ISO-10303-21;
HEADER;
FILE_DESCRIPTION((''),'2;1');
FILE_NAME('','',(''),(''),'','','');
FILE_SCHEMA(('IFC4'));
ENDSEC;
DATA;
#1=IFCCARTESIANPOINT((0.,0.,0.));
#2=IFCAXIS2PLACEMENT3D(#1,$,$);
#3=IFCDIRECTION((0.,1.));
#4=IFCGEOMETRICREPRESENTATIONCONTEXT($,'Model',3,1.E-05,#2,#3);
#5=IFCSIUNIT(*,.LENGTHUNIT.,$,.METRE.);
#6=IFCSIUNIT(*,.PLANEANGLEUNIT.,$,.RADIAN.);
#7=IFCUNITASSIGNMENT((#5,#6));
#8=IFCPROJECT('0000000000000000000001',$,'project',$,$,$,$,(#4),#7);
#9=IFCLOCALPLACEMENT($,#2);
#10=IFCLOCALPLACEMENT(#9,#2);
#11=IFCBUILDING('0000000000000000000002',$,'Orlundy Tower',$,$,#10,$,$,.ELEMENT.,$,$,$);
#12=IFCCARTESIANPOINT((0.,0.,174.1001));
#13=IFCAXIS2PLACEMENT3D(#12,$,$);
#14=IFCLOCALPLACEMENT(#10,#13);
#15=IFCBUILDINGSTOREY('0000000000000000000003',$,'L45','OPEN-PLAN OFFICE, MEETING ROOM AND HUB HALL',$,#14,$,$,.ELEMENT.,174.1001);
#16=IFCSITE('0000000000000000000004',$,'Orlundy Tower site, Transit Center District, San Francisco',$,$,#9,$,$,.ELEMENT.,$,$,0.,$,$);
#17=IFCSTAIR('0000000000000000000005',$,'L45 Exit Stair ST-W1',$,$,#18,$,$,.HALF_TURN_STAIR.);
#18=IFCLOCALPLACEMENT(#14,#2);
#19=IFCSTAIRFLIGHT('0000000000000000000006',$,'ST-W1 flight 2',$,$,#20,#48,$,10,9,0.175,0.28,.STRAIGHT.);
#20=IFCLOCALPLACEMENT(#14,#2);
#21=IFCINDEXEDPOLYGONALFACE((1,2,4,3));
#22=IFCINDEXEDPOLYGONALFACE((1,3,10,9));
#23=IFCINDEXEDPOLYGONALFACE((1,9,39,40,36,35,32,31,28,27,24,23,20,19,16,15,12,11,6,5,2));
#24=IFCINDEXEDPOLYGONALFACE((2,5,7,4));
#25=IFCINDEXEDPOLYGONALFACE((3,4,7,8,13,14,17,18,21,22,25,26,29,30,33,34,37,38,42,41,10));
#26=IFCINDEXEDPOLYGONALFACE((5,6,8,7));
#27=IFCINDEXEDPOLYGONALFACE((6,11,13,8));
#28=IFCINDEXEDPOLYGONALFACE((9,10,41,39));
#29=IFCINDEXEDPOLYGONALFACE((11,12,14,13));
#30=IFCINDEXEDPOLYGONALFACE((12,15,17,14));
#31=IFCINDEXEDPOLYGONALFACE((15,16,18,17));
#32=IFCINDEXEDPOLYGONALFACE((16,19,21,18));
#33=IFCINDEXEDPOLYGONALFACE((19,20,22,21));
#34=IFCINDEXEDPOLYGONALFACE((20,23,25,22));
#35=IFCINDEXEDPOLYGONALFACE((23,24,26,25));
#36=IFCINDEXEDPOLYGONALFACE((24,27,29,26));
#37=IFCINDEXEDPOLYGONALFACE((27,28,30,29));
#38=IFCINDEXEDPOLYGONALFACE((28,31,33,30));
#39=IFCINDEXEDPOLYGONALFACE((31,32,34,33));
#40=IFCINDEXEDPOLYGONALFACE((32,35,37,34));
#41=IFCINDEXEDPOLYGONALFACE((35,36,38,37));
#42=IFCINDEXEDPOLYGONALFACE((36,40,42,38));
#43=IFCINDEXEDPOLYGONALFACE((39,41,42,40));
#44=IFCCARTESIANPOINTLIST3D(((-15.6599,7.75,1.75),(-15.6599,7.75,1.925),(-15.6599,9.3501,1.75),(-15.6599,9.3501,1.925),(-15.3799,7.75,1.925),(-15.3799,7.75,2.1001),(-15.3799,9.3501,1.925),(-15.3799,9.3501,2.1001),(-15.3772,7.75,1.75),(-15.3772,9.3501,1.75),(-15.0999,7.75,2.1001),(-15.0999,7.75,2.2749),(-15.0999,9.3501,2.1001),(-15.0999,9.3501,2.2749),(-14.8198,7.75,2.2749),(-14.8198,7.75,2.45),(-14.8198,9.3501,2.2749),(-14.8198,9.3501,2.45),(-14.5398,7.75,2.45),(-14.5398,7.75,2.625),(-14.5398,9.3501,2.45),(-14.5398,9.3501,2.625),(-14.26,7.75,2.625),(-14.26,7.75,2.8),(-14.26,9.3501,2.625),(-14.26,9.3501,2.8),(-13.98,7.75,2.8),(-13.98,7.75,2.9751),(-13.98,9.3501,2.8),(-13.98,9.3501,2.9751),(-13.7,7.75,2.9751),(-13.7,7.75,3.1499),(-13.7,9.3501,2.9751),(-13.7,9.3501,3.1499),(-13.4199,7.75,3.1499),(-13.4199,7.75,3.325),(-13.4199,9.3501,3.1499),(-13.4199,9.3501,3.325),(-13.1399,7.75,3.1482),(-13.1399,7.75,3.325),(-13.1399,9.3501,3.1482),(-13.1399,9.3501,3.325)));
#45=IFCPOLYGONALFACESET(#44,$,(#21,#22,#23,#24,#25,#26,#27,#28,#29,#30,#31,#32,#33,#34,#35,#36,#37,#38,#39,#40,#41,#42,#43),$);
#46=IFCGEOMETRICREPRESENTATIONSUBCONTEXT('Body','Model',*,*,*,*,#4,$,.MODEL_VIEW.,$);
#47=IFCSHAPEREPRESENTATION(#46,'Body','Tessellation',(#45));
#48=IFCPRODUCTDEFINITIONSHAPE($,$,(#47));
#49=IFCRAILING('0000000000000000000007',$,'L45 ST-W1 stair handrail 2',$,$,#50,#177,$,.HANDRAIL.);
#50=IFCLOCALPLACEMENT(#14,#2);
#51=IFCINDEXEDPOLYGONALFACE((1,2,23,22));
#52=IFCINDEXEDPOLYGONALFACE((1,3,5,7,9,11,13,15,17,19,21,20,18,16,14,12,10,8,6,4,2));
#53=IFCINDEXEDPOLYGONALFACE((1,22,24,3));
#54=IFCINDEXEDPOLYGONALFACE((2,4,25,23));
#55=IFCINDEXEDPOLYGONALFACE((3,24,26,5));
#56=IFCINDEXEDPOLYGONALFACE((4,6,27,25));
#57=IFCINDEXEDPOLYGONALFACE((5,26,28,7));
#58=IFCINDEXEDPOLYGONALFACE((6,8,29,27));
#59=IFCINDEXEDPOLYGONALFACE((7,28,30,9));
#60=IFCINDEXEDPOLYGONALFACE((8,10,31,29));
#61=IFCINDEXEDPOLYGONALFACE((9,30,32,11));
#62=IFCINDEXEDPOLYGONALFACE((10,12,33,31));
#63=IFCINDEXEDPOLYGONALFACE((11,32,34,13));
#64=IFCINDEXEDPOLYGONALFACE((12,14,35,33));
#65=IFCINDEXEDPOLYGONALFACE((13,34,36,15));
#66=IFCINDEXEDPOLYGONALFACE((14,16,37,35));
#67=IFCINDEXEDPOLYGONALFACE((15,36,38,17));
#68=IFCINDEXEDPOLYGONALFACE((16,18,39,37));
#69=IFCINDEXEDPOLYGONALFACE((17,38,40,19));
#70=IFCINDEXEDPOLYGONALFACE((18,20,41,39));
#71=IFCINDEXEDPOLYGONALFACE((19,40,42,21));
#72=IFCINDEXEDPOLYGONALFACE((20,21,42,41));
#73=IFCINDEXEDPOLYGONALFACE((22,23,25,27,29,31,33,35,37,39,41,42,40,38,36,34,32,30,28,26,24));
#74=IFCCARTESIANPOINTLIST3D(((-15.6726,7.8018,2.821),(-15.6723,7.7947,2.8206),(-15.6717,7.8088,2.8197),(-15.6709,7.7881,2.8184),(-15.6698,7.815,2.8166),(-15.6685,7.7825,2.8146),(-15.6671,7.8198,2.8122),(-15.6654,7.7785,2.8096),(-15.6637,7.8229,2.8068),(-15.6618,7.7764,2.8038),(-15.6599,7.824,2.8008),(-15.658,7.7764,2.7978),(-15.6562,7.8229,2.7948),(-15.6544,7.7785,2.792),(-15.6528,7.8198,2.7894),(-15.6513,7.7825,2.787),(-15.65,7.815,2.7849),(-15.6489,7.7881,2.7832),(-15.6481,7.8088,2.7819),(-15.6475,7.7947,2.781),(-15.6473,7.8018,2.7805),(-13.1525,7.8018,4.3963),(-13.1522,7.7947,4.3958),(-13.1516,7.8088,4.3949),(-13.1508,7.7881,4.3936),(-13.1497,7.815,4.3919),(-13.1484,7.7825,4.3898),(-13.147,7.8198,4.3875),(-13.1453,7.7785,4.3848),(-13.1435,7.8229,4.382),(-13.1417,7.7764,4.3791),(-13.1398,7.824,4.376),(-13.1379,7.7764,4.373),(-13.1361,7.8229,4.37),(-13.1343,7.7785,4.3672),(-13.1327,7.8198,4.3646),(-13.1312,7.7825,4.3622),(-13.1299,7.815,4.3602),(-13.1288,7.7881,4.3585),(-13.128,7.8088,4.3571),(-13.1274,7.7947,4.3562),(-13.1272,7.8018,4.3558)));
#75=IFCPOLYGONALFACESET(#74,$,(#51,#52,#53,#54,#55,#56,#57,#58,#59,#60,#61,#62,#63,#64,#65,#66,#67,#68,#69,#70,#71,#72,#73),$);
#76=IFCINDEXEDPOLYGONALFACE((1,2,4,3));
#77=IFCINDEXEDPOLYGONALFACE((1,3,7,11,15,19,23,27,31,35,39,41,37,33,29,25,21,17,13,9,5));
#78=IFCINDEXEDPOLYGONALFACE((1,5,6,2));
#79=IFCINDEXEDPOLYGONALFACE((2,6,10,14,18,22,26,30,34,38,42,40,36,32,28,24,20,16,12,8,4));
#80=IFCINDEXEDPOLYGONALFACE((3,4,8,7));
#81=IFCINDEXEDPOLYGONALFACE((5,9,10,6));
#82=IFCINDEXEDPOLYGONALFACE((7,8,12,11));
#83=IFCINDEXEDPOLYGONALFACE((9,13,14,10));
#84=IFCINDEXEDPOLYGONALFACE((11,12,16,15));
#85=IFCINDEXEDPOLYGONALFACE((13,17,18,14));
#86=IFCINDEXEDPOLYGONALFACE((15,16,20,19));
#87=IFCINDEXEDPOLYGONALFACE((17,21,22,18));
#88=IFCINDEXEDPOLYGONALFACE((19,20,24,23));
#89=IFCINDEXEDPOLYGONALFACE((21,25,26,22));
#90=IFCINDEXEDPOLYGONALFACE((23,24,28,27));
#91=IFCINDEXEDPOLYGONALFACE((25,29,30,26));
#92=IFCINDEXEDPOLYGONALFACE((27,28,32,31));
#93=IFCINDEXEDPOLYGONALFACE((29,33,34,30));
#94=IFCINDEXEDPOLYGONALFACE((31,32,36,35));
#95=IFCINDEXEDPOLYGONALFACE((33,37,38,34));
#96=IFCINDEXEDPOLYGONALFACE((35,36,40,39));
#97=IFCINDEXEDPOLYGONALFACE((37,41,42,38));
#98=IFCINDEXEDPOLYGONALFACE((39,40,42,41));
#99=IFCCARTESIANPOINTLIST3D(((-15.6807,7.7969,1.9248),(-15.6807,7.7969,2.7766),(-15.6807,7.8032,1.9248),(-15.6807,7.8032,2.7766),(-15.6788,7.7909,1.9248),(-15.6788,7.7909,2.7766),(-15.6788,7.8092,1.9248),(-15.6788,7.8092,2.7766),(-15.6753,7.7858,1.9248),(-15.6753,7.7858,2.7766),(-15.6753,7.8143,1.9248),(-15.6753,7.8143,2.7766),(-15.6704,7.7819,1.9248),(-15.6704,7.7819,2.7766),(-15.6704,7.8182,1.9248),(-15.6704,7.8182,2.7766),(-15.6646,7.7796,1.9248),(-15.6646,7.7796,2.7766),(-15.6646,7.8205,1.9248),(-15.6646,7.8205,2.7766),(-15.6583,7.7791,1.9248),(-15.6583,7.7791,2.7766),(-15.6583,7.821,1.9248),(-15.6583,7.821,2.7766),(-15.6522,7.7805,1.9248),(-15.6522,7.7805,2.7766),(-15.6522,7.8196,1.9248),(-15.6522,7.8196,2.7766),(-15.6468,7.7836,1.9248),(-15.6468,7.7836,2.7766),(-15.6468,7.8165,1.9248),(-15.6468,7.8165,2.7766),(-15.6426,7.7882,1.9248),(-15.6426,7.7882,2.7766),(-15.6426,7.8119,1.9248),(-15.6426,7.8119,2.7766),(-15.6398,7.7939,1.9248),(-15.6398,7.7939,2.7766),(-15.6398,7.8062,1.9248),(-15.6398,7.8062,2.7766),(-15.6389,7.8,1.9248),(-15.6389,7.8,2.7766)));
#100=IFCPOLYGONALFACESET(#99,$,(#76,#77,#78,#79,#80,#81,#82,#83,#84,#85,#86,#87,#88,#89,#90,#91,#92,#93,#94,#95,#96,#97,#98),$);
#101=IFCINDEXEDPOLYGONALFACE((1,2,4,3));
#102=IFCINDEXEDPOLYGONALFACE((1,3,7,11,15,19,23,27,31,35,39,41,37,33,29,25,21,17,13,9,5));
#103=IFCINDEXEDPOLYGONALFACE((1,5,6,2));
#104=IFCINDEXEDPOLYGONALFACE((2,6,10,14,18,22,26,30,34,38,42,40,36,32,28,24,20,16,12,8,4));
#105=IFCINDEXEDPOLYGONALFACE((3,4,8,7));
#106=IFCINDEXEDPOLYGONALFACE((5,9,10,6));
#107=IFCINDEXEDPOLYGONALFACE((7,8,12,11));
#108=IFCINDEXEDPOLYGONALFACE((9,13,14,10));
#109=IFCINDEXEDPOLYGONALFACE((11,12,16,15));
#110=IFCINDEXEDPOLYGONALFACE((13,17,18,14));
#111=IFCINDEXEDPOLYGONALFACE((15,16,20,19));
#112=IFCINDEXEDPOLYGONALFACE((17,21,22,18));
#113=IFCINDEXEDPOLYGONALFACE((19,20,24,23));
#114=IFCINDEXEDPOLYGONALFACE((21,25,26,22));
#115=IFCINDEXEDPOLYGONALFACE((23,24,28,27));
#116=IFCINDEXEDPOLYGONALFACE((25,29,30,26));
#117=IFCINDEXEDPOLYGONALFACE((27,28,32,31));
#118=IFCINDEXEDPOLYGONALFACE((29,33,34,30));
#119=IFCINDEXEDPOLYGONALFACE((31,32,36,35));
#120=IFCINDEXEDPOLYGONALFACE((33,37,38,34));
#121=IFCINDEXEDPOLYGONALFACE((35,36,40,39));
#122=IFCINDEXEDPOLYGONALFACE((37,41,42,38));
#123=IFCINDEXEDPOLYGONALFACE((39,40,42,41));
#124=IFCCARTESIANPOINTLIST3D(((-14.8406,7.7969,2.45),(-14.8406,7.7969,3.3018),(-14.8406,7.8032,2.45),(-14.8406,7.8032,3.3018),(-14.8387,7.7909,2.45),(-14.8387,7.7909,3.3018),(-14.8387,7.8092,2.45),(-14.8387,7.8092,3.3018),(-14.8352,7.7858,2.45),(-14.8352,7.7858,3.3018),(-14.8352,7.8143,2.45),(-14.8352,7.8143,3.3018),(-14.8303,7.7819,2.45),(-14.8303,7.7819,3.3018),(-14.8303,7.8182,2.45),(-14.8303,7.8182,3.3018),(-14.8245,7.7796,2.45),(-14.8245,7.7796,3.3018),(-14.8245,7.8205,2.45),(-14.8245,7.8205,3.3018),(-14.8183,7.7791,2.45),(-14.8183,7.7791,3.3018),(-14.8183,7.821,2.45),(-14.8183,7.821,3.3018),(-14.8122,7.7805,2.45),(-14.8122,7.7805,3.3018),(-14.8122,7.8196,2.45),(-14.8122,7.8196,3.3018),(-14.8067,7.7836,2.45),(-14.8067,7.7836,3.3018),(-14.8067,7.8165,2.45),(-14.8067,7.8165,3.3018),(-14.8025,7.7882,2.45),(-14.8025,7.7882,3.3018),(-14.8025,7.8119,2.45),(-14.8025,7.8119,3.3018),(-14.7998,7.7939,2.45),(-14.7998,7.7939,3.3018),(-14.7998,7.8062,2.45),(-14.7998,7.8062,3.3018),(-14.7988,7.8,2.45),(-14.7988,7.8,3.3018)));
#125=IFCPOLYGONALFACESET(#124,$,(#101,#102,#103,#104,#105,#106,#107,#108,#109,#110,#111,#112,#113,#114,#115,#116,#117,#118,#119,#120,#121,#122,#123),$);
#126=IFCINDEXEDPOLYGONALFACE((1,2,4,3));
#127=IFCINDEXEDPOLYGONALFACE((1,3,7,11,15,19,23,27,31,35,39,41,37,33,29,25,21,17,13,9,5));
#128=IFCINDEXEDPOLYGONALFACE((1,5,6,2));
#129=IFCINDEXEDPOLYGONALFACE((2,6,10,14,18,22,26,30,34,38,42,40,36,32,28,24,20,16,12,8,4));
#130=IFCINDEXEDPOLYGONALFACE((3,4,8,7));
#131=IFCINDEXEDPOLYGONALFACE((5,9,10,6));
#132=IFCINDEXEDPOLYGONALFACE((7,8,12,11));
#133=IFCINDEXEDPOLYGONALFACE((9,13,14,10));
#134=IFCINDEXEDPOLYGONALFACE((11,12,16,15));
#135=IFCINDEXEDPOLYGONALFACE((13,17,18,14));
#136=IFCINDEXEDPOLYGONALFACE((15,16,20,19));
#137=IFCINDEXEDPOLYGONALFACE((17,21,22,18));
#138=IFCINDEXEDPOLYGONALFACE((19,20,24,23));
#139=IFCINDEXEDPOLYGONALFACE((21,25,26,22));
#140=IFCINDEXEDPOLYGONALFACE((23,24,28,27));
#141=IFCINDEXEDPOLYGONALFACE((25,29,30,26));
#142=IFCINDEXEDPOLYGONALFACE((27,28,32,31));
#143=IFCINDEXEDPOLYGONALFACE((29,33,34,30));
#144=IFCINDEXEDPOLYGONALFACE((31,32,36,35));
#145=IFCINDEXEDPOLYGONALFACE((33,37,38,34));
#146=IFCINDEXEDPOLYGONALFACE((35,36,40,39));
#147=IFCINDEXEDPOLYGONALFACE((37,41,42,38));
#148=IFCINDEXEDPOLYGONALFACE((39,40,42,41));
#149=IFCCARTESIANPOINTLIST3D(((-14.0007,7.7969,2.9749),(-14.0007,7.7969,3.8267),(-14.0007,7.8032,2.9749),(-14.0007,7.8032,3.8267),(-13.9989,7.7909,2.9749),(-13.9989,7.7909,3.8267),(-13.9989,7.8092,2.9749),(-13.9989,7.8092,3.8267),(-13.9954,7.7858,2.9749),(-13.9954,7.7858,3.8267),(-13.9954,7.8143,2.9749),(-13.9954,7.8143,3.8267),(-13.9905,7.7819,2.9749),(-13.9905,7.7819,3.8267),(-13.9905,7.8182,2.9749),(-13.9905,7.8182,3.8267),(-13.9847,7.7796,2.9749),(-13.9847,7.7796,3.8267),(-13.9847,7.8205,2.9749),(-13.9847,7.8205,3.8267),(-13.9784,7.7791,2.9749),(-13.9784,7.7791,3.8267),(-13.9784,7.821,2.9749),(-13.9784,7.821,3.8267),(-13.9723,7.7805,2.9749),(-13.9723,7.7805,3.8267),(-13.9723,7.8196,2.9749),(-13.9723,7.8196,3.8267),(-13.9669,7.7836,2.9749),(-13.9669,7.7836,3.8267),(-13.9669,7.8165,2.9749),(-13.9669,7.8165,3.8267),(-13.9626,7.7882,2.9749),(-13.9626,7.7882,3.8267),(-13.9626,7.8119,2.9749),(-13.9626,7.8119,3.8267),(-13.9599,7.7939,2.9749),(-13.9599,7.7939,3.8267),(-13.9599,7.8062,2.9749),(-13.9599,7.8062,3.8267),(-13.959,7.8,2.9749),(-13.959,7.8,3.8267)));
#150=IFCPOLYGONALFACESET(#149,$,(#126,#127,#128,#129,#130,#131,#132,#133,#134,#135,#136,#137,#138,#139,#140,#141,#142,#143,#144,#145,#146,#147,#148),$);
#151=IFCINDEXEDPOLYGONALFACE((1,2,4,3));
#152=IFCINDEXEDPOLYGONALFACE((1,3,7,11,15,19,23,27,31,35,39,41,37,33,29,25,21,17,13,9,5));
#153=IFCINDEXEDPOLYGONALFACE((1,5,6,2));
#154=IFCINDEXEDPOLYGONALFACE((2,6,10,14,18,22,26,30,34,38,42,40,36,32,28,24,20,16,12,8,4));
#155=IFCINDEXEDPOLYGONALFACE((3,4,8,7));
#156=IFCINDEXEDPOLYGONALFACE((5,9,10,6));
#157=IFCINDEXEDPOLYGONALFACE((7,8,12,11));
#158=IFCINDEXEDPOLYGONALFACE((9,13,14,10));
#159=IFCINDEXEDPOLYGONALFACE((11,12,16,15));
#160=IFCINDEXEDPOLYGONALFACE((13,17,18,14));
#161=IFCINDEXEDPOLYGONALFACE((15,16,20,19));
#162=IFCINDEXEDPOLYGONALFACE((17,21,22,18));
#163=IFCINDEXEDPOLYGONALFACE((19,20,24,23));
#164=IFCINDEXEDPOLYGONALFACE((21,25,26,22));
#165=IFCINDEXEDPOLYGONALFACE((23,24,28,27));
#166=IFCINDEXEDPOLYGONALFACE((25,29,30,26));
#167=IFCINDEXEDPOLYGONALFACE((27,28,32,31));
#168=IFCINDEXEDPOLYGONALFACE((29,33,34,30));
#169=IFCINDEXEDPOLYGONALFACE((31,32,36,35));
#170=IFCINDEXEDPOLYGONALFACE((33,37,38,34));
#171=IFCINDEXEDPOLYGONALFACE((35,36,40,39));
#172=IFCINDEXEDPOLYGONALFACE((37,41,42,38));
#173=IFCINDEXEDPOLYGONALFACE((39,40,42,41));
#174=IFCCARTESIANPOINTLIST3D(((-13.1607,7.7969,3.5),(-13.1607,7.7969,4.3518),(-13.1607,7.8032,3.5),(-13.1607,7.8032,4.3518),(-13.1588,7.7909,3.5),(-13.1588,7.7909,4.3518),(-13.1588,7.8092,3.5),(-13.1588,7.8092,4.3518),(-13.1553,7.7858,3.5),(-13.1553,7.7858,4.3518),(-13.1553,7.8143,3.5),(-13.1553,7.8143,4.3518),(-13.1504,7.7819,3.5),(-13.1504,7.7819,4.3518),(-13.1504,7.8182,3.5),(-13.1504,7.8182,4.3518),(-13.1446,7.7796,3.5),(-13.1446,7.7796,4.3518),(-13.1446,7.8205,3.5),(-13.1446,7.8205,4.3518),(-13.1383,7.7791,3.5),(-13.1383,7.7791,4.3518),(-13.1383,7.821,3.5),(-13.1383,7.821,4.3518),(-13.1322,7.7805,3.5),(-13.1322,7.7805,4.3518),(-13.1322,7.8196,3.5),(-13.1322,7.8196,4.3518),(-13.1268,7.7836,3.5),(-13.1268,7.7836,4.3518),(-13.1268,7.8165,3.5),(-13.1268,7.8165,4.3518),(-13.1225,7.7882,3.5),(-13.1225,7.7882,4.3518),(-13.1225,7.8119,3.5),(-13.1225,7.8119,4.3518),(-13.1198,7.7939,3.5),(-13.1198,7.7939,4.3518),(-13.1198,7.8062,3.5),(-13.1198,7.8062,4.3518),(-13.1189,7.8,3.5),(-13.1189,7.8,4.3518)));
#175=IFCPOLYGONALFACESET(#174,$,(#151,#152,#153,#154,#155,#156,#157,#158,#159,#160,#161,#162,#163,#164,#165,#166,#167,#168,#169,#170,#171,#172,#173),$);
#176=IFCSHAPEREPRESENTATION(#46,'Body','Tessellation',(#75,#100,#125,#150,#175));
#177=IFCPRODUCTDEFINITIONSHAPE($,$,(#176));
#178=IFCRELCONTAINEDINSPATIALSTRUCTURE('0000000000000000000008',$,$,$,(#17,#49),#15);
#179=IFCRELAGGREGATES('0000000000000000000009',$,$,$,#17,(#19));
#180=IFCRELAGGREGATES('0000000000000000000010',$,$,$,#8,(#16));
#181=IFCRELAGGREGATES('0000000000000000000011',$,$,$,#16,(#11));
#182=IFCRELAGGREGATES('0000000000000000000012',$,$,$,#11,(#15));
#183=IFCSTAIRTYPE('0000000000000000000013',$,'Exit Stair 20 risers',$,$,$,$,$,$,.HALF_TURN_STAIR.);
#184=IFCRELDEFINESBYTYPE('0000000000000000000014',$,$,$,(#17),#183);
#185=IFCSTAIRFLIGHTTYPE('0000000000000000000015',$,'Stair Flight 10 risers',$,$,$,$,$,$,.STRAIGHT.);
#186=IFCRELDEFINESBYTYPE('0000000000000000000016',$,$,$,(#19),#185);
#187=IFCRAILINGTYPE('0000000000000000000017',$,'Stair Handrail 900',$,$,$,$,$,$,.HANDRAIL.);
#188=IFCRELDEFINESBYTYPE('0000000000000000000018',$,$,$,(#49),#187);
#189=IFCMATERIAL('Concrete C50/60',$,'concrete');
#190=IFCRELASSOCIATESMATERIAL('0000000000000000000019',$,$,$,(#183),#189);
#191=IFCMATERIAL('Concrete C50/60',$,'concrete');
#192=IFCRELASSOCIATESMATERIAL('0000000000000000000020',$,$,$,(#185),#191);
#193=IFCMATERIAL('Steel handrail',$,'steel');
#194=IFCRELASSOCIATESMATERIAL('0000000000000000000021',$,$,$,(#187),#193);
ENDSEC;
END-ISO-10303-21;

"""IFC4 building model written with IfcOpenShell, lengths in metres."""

from ifc_helpers import new_model, si_unit, direction, frame, origin, origin_2d, place, context, subcontext, project, spatial, polyline, circle, outline, extrude, material, type_object, element, aggregate, save


model = new_model("IFC4")

# Units and contexts
model_context = context("Model", 3, precision=1e-05, world=origin(), true_north=direction((0.0, 1.0)))
body_context = subcontext(model_context, "Body", "Model", "MODEL_VIEW")
ifc_project = project(units=[si_unit("LENGTHUNIT", "METRE"), si_unit("PLANEANGLEUNIT", "RADIAN")], contexts=[model_context])

# Site, building, storey
site_placement = place(None, origin())
site = spatial("IfcSite", under=ifc_project, at=site_placement, Name="Orlundy Tower site, Transit Center District, San Francisco", CompositionType="ELEMENT", RefElevation=0.0)
building_placement = place(site_placement, origin())
building = spatial("IfcBuilding", under=site, at=building_placement, Name="Orlundy Tower", CompositionType="ELEMENT")
storey_placement = place(building_placement, frame((0.0, 0.0, 174.1001)))
storey = spatial("IfcBuildingStorey", under=building, at=storey_placement, Name="L45", Description="OPEN-PLAN OFFICE, MEETING ROOM AND HUB HALL", CompositionType="ELEMENT", Elevation=174.1001)

# Stair, stair flight
ifc_material_1 = material(Name="Concrete C50/60", Category="concrete")
stair_type = type_object("IfcStairType", Name="Exit Stair 20 risers", PredefinedType="HALF_TURN_STAIR", material=ifc_material_1)
stair_placement = place(storey_placement, origin())
stair = element("IfcStair", 1, at=stair_placement, inside=storey, type_object=stair_type, Name="L45 Exit Stair ST-W1", PredefinedType="HALF_TURN_STAIR")
ifc_material_2 = material(Name="Concrete C50/60", Category="concrete")
stair_flight_type = type_object("IfcStairFlightType", Name="Stair Flight 10 risers", PredefinedType="STRAIGHT", material=ifc_material_2)
stair_flight_placement = place(storey_placement, frame((-15.6599, 8.55, 1.75), z_axis=(0.0, 0.0, 1.0), x_axis=(1.0, 0.0, 0.0)))
stair_flight = element("IfcStairFlight", 2, at=stair_flight_placement, type_object=stair_flight_type, Name="ST-W1 flight 2", NumberOfRisers=10, NumberOfTreads=9, PredefinedType="STRAIGHT", RiserHeight=0.175, TreadLength=0.28, context=body_context, shape_type="SweptSolid", body=[
    extrude(outline(polyline([(0.0, 0.0), (0.0, 0.175), (0.28, 0.175), (0.28, 0.3501), (0.5601, 0.3501), (0.5601, 0.5249), (0.8401, 0.5249), (0.8401, 0.7), (1.1201, 0.7), (1.1201, 0.875), (1.3999, 0.875), (1.3999, 1.05), (1.6799, 1.05), (1.6799, 1.2251), (1.96, 1.2251), (1.96, 1.3999), (2.24, 1.3999), (2.24, 1.575), (2.52, 1.575), (2.52, 1.75), (2.52, 1.3982), (0.2827, 0.0), (0.0, 0.0)])), frame((0.0, 0.8, 0.0), z_axis=(0.0, -1.0, 0.0), x_axis=(1.0, 0.0, 0.0)), (0.0, 0.0, 1.0), 1.6001),
])
aggregate(stair, [stair_flight])

# Railing
ifc_material_3 = material(Name="Steel handrail", Category="steel")
railing_type = type_object("IfcRailingType", Name="Stair Handrail 900", PredefinedType="HANDRAIL", material=ifc_material_3)
railing_placement = place(storey_placement, frame((-15.6599, 7.8, 1.9248)))
element("IfcRailing", 3, at=railing_placement, inside=storey, type_object=railing_type, Name="L45 ST-W1 stair handrail 2", PredefinedType="HANDRAIL", context=body_context, shape_type="SweptSolid", body=[
    extrude(circle(Radius=0.0239, at=origin_2d()), frame((0.0, 0.0, 0.876), z_axis=(0.847971, 0.0, 0.530043), x_axis=(0.0, 1.0, 0.0)), (0.0, 0.0, 1.0), 2.9719),
    extrude(circle(Radius=0.021, at=origin_2d()), origin(), (0.0, 0.0, 1.0), 0.8518),
    extrude(circle(Radius=0.021, at=origin_2d()), frame((0.8401, 0.0, 0.5251)), (0.0, 0.0, 1.0), 0.8518),
    extrude(circle(Radius=0.021, at=origin_2d()), frame((1.6799, 0.0, 1.05)), (0.0, 0.0, 1.0), 0.8518),
    extrude(circle(Radius=0.021, at=origin_2d()), frame((2.52, 0.0, 1.5752)), (0.0, 0.0, 1.0), 0.8518),
])

save(model, "model.ifc")
